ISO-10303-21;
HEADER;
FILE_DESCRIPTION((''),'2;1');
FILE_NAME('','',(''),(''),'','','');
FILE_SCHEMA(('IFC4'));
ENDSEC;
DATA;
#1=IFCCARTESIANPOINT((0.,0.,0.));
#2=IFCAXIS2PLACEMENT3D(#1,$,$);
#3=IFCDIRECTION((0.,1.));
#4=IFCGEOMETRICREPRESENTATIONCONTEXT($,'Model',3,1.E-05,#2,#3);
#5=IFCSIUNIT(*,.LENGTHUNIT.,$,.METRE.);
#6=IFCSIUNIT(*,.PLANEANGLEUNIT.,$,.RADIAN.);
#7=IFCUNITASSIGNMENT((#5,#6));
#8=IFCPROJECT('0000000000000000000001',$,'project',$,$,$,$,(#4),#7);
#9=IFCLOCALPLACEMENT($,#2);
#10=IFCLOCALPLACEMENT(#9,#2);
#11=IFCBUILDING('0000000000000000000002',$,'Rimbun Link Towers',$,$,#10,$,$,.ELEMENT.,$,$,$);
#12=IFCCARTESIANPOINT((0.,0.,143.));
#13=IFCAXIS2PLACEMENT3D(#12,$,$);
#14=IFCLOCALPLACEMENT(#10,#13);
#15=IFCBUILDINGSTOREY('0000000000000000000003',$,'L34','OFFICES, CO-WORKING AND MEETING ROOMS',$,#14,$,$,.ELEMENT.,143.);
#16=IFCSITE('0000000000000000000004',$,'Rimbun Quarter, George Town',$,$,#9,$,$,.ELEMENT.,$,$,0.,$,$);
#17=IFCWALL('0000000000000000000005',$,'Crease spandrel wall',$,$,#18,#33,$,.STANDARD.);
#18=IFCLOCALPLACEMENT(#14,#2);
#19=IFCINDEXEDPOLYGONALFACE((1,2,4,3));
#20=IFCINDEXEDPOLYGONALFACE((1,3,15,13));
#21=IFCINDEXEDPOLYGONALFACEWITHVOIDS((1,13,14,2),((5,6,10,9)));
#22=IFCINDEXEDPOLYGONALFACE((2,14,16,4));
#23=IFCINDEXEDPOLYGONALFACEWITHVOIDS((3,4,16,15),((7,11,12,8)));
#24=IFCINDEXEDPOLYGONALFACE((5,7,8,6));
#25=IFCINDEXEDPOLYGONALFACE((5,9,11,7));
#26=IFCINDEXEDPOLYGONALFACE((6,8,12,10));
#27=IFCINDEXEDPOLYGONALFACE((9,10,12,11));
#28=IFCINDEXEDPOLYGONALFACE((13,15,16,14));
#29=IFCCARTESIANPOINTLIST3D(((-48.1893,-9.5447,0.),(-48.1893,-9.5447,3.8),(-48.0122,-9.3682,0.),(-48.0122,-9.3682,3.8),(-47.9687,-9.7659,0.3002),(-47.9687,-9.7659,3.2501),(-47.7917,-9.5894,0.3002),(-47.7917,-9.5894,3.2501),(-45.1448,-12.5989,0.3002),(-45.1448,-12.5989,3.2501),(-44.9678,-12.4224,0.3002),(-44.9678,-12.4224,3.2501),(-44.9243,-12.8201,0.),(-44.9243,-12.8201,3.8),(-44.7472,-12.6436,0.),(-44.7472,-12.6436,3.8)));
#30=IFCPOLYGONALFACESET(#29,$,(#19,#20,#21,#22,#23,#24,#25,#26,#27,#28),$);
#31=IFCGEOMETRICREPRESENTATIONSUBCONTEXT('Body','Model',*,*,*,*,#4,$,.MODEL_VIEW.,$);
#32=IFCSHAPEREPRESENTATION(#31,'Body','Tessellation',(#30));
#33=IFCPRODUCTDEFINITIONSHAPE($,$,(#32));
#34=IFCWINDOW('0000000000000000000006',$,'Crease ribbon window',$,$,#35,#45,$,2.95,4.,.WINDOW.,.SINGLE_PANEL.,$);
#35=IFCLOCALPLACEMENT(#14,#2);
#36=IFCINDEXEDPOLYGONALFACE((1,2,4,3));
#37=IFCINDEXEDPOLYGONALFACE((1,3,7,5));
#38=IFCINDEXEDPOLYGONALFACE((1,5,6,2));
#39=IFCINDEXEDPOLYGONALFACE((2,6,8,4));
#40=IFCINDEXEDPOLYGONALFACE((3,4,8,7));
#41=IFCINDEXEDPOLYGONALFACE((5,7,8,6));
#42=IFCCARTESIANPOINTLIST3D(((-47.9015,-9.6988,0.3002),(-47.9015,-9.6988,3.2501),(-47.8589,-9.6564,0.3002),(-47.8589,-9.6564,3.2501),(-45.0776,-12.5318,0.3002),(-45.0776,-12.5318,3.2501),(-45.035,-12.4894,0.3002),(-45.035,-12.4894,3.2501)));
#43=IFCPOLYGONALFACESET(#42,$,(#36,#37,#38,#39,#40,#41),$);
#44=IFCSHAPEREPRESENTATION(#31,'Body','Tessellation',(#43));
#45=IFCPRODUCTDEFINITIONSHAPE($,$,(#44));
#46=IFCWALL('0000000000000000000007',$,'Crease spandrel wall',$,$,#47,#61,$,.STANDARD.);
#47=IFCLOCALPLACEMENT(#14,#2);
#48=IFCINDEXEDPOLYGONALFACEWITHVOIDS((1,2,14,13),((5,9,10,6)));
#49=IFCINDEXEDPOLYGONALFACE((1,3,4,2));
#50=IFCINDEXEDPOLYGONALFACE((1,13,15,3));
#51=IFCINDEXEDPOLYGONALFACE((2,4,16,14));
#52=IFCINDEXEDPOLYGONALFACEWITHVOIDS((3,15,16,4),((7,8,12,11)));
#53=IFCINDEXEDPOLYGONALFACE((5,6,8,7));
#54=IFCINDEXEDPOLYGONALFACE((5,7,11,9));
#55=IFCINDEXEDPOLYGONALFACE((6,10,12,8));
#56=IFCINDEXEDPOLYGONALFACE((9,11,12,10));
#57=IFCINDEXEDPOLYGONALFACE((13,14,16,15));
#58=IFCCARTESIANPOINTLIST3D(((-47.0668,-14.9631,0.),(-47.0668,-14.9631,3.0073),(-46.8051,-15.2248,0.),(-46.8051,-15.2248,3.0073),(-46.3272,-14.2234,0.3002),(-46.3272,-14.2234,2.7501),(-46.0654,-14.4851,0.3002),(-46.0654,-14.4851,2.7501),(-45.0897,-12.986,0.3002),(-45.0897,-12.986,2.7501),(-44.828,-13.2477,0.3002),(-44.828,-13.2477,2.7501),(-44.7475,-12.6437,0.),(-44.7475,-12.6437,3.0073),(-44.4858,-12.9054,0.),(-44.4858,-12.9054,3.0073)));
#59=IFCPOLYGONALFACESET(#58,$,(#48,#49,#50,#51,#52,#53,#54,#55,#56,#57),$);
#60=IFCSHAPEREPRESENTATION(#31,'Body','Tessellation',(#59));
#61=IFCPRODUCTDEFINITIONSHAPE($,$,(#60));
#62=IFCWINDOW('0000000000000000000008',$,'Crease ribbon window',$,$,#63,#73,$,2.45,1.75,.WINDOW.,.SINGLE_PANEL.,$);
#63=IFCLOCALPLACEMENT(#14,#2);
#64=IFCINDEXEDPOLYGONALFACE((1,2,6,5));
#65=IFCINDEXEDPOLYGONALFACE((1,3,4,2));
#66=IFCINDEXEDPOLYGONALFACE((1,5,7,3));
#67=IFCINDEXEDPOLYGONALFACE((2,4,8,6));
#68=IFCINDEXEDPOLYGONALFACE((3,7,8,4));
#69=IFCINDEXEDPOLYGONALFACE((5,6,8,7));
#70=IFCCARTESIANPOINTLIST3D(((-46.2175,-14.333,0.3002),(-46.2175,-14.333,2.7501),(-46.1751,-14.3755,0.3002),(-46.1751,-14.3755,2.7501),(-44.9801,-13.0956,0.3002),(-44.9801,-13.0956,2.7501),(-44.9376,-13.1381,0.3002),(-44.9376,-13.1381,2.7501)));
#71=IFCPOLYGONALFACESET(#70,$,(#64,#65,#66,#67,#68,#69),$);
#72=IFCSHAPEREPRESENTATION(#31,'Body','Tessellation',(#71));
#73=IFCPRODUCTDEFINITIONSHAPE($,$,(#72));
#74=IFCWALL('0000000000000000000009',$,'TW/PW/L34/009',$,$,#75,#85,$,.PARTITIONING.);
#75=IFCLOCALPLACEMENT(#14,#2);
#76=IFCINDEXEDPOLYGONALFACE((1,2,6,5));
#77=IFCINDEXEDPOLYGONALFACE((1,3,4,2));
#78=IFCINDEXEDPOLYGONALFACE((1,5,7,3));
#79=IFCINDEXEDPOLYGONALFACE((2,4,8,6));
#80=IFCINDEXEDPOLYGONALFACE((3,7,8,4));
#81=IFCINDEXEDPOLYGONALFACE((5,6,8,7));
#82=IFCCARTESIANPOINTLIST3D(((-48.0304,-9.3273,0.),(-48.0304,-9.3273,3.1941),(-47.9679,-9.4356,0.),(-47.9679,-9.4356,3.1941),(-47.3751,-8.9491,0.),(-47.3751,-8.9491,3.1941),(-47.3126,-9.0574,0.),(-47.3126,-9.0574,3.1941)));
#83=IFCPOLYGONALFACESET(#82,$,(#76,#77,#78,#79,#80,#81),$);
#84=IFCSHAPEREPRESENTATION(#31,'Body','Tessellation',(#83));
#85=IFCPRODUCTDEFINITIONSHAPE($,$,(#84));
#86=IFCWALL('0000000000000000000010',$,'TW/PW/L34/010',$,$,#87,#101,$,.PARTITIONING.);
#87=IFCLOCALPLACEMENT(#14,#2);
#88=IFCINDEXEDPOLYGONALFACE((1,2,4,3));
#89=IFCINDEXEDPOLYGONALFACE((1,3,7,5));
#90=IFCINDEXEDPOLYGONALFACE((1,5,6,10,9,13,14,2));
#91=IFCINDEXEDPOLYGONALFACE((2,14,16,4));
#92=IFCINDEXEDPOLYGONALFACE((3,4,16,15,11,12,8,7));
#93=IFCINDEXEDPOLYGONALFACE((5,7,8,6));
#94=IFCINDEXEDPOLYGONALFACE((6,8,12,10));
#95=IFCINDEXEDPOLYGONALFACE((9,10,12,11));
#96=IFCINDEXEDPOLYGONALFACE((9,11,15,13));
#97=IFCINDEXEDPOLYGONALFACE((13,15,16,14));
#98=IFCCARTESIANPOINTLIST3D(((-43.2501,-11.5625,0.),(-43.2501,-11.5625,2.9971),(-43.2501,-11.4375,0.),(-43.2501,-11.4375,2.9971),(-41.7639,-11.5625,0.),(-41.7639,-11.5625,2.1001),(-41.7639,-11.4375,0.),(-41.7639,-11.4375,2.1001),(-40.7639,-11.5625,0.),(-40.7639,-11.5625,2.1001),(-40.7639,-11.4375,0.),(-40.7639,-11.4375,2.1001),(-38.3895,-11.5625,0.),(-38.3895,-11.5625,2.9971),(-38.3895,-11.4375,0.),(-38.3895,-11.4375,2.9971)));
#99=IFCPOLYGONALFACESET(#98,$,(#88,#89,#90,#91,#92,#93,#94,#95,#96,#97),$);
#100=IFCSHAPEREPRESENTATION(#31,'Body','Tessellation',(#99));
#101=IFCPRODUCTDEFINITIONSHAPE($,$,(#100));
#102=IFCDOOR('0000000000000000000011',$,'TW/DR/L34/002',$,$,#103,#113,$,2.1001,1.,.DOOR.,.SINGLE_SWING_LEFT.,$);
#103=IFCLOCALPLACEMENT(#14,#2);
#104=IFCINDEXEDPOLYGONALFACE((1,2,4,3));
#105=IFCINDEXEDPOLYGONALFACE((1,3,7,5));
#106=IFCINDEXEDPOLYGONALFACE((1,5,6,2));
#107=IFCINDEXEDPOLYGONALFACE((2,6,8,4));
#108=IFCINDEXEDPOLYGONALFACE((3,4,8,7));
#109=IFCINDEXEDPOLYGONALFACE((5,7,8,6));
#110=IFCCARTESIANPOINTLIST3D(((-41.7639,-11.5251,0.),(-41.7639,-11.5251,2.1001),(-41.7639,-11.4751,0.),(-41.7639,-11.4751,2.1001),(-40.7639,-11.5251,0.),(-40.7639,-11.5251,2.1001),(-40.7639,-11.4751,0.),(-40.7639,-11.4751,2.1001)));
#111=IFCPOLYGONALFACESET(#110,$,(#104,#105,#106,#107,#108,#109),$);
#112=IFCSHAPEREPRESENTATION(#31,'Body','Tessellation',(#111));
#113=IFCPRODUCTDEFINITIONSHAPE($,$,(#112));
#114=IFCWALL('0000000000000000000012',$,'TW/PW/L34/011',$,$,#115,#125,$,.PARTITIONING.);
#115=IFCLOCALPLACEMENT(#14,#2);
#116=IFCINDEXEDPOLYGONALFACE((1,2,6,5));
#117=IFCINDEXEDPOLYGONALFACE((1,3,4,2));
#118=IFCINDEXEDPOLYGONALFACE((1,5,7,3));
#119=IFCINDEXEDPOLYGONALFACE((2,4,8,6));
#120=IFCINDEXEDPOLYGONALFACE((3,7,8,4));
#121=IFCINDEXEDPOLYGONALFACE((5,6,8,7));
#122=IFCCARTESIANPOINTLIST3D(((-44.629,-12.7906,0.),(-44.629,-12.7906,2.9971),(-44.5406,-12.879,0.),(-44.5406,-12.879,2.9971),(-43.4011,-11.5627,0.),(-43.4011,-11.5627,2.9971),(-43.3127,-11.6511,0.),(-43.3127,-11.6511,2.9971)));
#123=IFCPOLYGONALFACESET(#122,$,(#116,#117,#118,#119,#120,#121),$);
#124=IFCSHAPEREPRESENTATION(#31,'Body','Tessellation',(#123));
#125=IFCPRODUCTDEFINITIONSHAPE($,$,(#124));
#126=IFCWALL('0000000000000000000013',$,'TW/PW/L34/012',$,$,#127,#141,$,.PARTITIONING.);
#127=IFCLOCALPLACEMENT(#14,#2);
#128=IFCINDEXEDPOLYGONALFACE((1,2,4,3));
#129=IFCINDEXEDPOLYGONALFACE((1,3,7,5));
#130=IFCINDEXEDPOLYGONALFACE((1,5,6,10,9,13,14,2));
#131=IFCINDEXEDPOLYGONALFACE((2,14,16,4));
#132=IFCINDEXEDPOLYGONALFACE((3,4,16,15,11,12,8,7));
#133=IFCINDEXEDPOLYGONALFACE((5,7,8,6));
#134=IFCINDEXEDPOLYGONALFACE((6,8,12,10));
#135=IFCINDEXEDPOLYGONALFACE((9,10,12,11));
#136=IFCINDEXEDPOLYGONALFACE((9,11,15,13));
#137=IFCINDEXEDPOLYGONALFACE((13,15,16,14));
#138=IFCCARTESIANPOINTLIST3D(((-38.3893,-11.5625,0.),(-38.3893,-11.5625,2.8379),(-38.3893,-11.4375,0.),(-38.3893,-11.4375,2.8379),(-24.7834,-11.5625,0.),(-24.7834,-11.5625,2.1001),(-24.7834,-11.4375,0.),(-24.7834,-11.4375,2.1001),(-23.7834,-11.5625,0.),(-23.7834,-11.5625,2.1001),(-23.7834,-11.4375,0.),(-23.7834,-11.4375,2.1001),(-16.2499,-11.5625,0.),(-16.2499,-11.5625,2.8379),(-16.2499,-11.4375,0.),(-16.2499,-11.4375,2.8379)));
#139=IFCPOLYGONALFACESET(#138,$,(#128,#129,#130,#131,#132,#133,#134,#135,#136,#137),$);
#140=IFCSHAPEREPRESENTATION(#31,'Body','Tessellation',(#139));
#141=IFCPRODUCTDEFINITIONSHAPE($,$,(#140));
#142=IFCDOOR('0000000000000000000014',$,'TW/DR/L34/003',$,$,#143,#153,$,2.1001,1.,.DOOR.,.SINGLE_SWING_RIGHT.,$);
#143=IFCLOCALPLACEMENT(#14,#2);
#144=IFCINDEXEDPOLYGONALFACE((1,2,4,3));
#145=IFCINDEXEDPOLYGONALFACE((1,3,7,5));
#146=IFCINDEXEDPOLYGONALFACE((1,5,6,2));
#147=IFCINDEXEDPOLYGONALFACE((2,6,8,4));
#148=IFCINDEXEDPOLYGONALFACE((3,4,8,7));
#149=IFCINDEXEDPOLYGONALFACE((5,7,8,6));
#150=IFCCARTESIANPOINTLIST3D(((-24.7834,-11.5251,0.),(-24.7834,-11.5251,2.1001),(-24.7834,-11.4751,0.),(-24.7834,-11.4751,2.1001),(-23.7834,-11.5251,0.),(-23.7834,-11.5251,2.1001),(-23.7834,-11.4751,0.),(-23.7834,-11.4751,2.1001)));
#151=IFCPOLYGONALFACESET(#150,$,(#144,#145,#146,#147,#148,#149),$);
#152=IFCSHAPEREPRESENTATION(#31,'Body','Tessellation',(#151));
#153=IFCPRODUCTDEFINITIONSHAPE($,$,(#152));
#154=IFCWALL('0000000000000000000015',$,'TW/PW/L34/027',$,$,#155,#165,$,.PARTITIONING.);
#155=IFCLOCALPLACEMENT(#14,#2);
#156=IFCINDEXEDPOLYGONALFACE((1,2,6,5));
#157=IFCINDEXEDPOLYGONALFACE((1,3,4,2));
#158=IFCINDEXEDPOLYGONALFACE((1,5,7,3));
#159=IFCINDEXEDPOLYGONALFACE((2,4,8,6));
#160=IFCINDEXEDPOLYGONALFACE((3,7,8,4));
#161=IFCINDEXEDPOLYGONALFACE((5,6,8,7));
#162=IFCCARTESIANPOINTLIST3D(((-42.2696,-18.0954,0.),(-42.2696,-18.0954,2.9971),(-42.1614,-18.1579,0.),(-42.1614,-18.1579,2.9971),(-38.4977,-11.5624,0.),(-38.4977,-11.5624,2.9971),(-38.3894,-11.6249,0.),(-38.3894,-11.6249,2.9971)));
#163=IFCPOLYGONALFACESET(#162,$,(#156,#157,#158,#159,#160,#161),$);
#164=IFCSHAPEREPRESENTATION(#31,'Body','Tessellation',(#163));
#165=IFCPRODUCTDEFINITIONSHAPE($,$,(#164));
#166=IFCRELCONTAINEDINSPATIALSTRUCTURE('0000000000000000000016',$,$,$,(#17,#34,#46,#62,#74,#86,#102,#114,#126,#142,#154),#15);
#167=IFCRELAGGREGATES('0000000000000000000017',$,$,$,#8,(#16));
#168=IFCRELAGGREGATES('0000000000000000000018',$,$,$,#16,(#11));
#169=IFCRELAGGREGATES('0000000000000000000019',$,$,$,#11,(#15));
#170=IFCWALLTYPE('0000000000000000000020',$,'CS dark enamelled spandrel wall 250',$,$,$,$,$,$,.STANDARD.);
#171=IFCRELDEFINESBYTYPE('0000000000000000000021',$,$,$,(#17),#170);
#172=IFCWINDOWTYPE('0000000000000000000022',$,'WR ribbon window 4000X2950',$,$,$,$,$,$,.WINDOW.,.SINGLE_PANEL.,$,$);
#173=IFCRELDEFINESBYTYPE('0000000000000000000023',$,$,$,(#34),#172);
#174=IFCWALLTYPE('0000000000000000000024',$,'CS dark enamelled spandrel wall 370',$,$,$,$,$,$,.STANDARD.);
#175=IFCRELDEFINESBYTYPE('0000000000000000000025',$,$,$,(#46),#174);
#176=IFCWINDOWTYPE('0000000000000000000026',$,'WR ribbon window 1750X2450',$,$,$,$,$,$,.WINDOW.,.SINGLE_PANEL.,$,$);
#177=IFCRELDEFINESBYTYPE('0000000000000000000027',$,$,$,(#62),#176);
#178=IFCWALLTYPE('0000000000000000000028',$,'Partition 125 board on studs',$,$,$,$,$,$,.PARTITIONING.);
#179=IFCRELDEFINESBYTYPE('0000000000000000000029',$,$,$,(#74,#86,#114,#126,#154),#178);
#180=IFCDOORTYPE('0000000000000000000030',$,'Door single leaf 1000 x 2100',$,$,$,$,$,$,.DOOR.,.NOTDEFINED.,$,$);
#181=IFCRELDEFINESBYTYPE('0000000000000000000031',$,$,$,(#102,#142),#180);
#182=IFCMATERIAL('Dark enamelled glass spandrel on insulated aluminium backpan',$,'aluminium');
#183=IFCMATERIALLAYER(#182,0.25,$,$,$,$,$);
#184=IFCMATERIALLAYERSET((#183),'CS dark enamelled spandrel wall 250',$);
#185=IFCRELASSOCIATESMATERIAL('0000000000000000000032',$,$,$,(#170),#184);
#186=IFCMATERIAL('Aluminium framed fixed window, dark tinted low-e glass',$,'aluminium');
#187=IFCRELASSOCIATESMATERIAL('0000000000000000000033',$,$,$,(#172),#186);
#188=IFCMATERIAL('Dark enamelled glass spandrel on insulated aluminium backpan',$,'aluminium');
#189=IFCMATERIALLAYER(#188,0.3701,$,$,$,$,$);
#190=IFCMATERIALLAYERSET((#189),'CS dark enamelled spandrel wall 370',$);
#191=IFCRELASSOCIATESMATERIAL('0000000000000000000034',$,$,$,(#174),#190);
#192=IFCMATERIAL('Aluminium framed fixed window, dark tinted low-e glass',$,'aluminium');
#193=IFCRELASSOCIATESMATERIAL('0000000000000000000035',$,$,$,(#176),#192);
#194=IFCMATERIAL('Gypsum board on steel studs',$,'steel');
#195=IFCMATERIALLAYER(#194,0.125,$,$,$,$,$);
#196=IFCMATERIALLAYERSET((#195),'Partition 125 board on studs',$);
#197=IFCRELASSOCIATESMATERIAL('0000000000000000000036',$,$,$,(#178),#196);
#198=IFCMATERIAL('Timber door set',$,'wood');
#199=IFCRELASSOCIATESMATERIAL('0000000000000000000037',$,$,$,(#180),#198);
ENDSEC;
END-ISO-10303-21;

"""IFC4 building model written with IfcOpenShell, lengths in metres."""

from ifc_helpers import new_model, si_unit, direction, frame, frame_2d, origin, place, context, subcontext, project, spatial, rectangle, extrude, material, layer, layer_set, type_object, element, fill, save


model = new_model("IFC4")

# Units and contexts
model_context = context("Model", 3, precision=1e-05, world=origin(), true_north=direction((0.0, 1.0)))
body_context = subcontext(model_context, "Body", "Model", "MODEL_VIEW")
ifc_project = project(units=[si_unit("LENGTHUNIT", "METRE"), si_unit("PLANEANGLEUNIT", "RADIAN")], contexts=[model_context])

# Site, building, storey
site_placement = place(None, origin())
site = spatial("IfcSite", under=ifc_project, at=site_placement, Name="Rimbun Quarter, George Town", CompositionType="ELEMENT", RefElevation=0.0)
building_placement = place(site_placement, origin())
building = spatial("IfcBuilding", under=site, at=building_placement, Name="Rimbun Link Towers", CompositionType="ELEMENT")
storey_placement = place(building_placement, frame((0.0, 0.0, 143.0)))
storey = spatial("IfcBuildingStorey", under=building, at=storey_placement, Name="L34", Description="OFFICES, CO-WORKING AND MEETING ROOMS", CompositionType="ELEMENT", Elevation=143.0)

# Walls, openings, windows
ifc_material_1 = material(Name="Dark enamelled glass spandrel on insulated aluminium backpan", Category="aluminium")
ifc_layer_1 = layer(ifc_material_1, 0.25)
ifc_layer_set_1 = layer_set([ifc_layer_1], Name="CS dark enamelled spandrel wall 250")
wall_type_1 = type_object("IfcWallType", Name="CS dark enamelled spandrel wall 250", PredefinedType="STANDARD", material=ifc_layer_set_1)
wall_1_placement = place(storey_placement, frame((-44.8357, -12.7319, 0.0), z_axis=(0.0, 0.0, 1.0), x_axis=(-0.705971, 0.708241, 0.0)))
wall_1 = element("IfcWall", 1, at=wall_1_placement, inside=storey, type_object=wall_type_1, Name="Crease spandrel wall", PredefinedType="STANDARD", context=body_context, shape_type="SweptSolid", body=[
    extrude(rectangle(XDim=4.6248, YDim=0.25, at=frame_2d((2.3125, 0.0))), origin(), (0.0, 0.0, 1.0), 3.8),
])
opening_1_placement = place(wall_1_placement, frame((0.3125, 0.0, 0.3)))
opening_1 = element("IfcOpeningElement", 2, at=opening_1_placement, cuts=wall_1, PredefinedType="OPENING", context=body_context, shape_type="SweptSolid", body=[
    extrude(rectangle(XDim=4.0, YDim=2.95, at=frame_2d((2.0, 1.4751))), frame((0.0, 0.135, 0.0), z_axis=(0.0, -1.0, 0.0), x_axis=(1.0, 0.0, 0.0)), (0.0, 0.0, 1.0), 0.27),
])
ifc_material_2 = material(Name="Aluminium framed fixed window, dark tinted low-e glass", Category="aluminium")
window_type_1 = type_object("IfcWindowType", Name="WR ribbon window 4000X2950", PartitioningType="SINGLE_PANEL", PredefinedType="WINDOW", material=ifc_material_2)
window_1_placement = place(opening_1_placement, origin())
window_1 = element("IfcWindow", 3, at=window_1_placement, inside=storey, type_object=window_type_1, Name="Crease ribbon window", OverallHeight=2.95, OverallWidth=4.0, PartitioningType="SINGLE_PANEL", PredefinedType="WINDOW", context=body_context, shape_type="SweptSolid", body=[
    extrude(rectangle(XDim=4.0, YDim=2.95, at=frame_2d((2.0, 1.4751))), frame((0.0, 0.03, 0.0), z_axis=(0.0, -1.0, 0.0), x_axis=(1.0, 0.0, 0.0)), (0.0, 0.0, 1.0), 0.0601),
])
fill(opening_1, window_1)
ifc_material_3 = material(Name="Dark enamelled glass spandrel on insulated aluminium backpan", Category="aluminium")
ifc_layer_2 = layer(ifc_material_3, 0.3701)
ifc_layer_set_2 = layer_set([ifc_layer_2], Name="CS dark enamelled spandrel wall 370")
wall_type_2 = type_object("IfcWallType", Name="CS dark enamelled spandrel wall 370", PredefinedType="STANDARD", material=ifc_layer_set_2)
wall_2_placement = place(storey_placement, frame((-46.936, -15.094, 0.0), z_axis=(0.0, 0.0, 1.0), x_axis=(0.707107, 0.707107, 0.0)))
wall_2 = element("IfcWall", 4, at=wall_2_placement, inside=storey, type_object=wall_type_2, Name="Crease spandrel wall", PredefinedType="STANDARD", context=body_context, shape_type="SweptSolid", body=[
    extrude(rectangle(XDim=3.28, YDim=0.3701, at=frame_2d((1.6401, 0.0))), origin(), (0.0, 0.0, 1.0), 3.0073),
])
opening_2_placement = place(wall_2_placement, frame((1.0461, 0.0, 0.3)))
opening_2 = element("IfcOpeningElement", 5, at=opening_2_placement, cuts=wall_2, PredefinedType="OPENING", context=body_context, shape_type="SweptSolid", body=[
    extrude(rectangle(XDim=1.75, YDim=2.45, at=frame_2d((0.875, 1.2251))), frame((0.0, 0.1951, 0.0), z_axis=(0.0, -1.0, 0.0), x_axis=(1.0, 0.0, 0.0)), (0.0, 0.0, 1.0), 0.3901),
])
ifc_material_4 = material(Name="Aluminium framed fixed window, dark tinted low-e glass", Category="aluminium")
window_type_2 = type_object("IfcWindowType", Name="WR ribbon window 1750X2450", PartitioningType="SINGLE_PANEL", PredefinedType="WINDOW", material=ifc_material_4)
window_2_placement = place(opening_2_placement, origin())
window_2 = element("IfcWindow", 6, at=window_2_placement, inside=storey, type_object=window_type_2, Name="Crease ribbon window", OverallHeight=2.45, OverallWidth=1.75, PartitioningType="SINGLE_PANEL", PredefinedType="WINDOW", context=body_context, shape_type="SweptSolid", body=[
    extrude(rectangle(XDim=1.75, YDim=2.45, at=frame_2d((0.875, 1.2251))), frame((0.0, 0.03, 0.0), z_axis=(0.0, -1.0, 0.0), x_axis=(1.0, 0.0, 0.0)), (0.0, 0.0, 1.0), 0.0601),
])
fill(opening_2, window_2)

# Wall
ifc_material_5 = material(Name="Gypsum board on steel studs", Category="steel")
ifc_layer_3 = layer(ifc_material_5, 0.125)
ifc_layer_set_3 = layer_set([ifc_layer_3], Name="Partition 125 board on studs")
wall_type_3 = type_object("IfcWallType", Name="Partition 125 board on studs", PredefinedType="PARTITIONING", material=ifc_layer_set_3)
wall_3_placement = place(storey_placement, frame((-47.3438, -9.0032, 0.0), z_axis=(0.0, 0.0, 1.0), x_axis=(-0.86611, -0.499853, 0.0)))
element("IfcWall", 7, at=wall_3_placement, inside=storey, type_object=wall_type_3, Name="TW/PW/L34/009", PredefinedType="PARTITIONING", context=body_context, shape_type="SweptSolid", body=[
    extrude(rectangle(XDim=0.7566, YDim=0.125, at=frame_2d((0.3784, 0.0))), origin(), (0.0, 0.0, 1.0), 3.1941),
])

# Wall, opening, door
wall_4_placement = place(storey_placement, frame((-43.25, -11.5, 0.0), z_axis=(0.0, 0.0, 1.0), x_axis=(1.0, 0.0, 0.0)))
wall_4 = element("IfcWall", 8, at=wall_4_placement, inside=storey, type_object=wall_type_3, Name="TW/PW/L34/010", PredefinedType="PARTITIONING", context=body_context, shape_type="SweptSolid", body=[
    extrude(rectangle(XDim=4.8606, YDim=0.125, at=frame_2d((2.4302, 0.0))), origin(), (0.0, 0.0, 1.0), 2.9971),
])
opening_3_placement = place(wall_4_placement, frame((1.4861, 0.0, 0.0)))
opening_3 = element("IfcOpeningElement", 9, at=opening_3_placement, cuts=wall_4, PredefinedType="OPENING", context=body_context, shape_type="SweptSolid", body=[
    extrude(rectangle(XDim=1.0, YDim=2.1001, at=frame_2d((0.5, 1.05))), frame((0.0, 0.0725, 0.0), z_axis=(0.0, -1.0, 0.0), x_axis=(1.0, 0.0, 0.0)), (0.0, 0.0, 1.0), 0.145),
])
ifc_material_6 = material(Name="Timber door set", Category="wood")
door_type = type_object("IfcDoorType", Name="Door single leaf 1000 x 2100", OperationType="NOTDEFINED", PredefinedType="DOOR", material=ifc_material_6)
door_1_placement = place(opening_3_placement, origin())
door_1 = element("IfcDoor", 10, at=door_1_placement, inside=storey, type_object=door_type, Name="TW/DR/L34/002", OperationType="SINGLE_SWING_LEFT", OverallHeight=2.1001, OverallWidth=1.0, PredefinedType="DOOR", context=body_context, shape_type="SweptSolid", body=[
    extrude(rectangle(XDim=1.0, YDim=2.1001, at=frame_2d((0.5, 1.05))), frame((0.0, 0.0249, 0.0), z_axis=(0.0, -1.0, 0.0), x_axis=(1.0, 0.0, 0.0)), (0.0, 0.0, 1.0), 0.05),
])
fill(opening_3, door_1)

# Wall
wall_5_placement = place(storey_placement, frame((-44.5847, -12.8347, 0.0), z_axis=(0.0, 0.0, 1.0), x_axis=(0.707107, 0.707107, 0.0)))
element("IfcWall", 11, at=wall_5_placement, inside=storey, type_object=wall_type_3, Name="TW/PW/L34/011", PredefinedType="PARTITIONING", context=body_context, shape_type="SweptSolid", body=[
    extrude(rectangle(XDim=1.7366, YDim=0.125, at=frame_2d((0.8682, 0.0))), origin(), (0.0, 0.0, 1.0), 2.9971),
])

# Wall, opening, door
wall_6_placement = place(storey_placement, frame((-38.3894, -11.5, 0.0), z_axis=(0.0, 0.0, 1.0), x_axis=(1.0, 0.0, 0.0)))
wall_6 = element("IfcWall", 12, at=wall_6_placement, inside=storey, type_object=wall_type_3, Name="TW/PW/L34/012", PredefinedType="PARTITIONING", context=body_context, shape_type="SweptSolid", body=[
    extrude(rectangle(XDim=22.1394, YDim=0.125, at=frame_2d((11.0698, 0.0))), origin(), (0.0, 0.0, 1.0), 2.8379),
])
opening_4_placement = place(wall_6_placement, frame((13.606, 0.0, 0.0)))
opening_4 = element("IfcOpeningElement", 13, at=opening_4_placement, cuts=wall_6, PredefinedType="OPENING", context=body_context, shape_type="SweptSolid", body=[
    extrude(rectangle(XDim=1.0, YDim=2.1001, at=frame_2d((0.5, 1.05))), frame((0.0, 0.0725, 0.0), z_axis=(0.0, -1.0, 0.0), x_axis=(1.0, 0.0, 0.0)), (0.0, 0.0, 1.0), 0.145),
])
door_2_placement = place(opening_4_placement, origin())
door_2 = element("IfcDoor", 14, at=door_2_placement, inside=storey, type_object=door_type, Name="TW/DR/L34/003", OperationType="SINGLE_SWING_RIGHT", OverallHeight=2.1001, OverallWidth=1.0, PredefinedType="DOOR", context=body_context, shape_type="SweptSolid", body=[
    extrude(rectangle(XDim=1.0, YDim=2.1001, at=frame_2d((0.5, 1.05))), frame((0.0, 0.0249, 0.0), z_axis=(0.0, -1.0, 0.0), x_axis=(1.0, 0.0, 0.0)), (0.0, 0.0, 1.0), 0.05),
])
fill(opening_4, door_2)

# Wall
wall_7_placement = place(storey_placement, frame((-42.2156, -18.1267, 0.0), z_axis=(0.0, 0.0, 1.0), x_axis=(0.500017, 0.866016, 0.0)))
element("IfcWall", 15, at=wall_7_placement, inside=storey, type_object=wall_type_3, Name="TW/PW/L34/027", PredefinedType="PARTITIONING", context=body_context, shape_type="SweptSolid", body=[
    extrude(rectangle(XDim=7.5437, YDim=0.125, at=frame_2d((3.772, 0.0))), origin(), (0.0, 0.0, 1.0), 2.9971),
])

save(model, "model.ifc")
